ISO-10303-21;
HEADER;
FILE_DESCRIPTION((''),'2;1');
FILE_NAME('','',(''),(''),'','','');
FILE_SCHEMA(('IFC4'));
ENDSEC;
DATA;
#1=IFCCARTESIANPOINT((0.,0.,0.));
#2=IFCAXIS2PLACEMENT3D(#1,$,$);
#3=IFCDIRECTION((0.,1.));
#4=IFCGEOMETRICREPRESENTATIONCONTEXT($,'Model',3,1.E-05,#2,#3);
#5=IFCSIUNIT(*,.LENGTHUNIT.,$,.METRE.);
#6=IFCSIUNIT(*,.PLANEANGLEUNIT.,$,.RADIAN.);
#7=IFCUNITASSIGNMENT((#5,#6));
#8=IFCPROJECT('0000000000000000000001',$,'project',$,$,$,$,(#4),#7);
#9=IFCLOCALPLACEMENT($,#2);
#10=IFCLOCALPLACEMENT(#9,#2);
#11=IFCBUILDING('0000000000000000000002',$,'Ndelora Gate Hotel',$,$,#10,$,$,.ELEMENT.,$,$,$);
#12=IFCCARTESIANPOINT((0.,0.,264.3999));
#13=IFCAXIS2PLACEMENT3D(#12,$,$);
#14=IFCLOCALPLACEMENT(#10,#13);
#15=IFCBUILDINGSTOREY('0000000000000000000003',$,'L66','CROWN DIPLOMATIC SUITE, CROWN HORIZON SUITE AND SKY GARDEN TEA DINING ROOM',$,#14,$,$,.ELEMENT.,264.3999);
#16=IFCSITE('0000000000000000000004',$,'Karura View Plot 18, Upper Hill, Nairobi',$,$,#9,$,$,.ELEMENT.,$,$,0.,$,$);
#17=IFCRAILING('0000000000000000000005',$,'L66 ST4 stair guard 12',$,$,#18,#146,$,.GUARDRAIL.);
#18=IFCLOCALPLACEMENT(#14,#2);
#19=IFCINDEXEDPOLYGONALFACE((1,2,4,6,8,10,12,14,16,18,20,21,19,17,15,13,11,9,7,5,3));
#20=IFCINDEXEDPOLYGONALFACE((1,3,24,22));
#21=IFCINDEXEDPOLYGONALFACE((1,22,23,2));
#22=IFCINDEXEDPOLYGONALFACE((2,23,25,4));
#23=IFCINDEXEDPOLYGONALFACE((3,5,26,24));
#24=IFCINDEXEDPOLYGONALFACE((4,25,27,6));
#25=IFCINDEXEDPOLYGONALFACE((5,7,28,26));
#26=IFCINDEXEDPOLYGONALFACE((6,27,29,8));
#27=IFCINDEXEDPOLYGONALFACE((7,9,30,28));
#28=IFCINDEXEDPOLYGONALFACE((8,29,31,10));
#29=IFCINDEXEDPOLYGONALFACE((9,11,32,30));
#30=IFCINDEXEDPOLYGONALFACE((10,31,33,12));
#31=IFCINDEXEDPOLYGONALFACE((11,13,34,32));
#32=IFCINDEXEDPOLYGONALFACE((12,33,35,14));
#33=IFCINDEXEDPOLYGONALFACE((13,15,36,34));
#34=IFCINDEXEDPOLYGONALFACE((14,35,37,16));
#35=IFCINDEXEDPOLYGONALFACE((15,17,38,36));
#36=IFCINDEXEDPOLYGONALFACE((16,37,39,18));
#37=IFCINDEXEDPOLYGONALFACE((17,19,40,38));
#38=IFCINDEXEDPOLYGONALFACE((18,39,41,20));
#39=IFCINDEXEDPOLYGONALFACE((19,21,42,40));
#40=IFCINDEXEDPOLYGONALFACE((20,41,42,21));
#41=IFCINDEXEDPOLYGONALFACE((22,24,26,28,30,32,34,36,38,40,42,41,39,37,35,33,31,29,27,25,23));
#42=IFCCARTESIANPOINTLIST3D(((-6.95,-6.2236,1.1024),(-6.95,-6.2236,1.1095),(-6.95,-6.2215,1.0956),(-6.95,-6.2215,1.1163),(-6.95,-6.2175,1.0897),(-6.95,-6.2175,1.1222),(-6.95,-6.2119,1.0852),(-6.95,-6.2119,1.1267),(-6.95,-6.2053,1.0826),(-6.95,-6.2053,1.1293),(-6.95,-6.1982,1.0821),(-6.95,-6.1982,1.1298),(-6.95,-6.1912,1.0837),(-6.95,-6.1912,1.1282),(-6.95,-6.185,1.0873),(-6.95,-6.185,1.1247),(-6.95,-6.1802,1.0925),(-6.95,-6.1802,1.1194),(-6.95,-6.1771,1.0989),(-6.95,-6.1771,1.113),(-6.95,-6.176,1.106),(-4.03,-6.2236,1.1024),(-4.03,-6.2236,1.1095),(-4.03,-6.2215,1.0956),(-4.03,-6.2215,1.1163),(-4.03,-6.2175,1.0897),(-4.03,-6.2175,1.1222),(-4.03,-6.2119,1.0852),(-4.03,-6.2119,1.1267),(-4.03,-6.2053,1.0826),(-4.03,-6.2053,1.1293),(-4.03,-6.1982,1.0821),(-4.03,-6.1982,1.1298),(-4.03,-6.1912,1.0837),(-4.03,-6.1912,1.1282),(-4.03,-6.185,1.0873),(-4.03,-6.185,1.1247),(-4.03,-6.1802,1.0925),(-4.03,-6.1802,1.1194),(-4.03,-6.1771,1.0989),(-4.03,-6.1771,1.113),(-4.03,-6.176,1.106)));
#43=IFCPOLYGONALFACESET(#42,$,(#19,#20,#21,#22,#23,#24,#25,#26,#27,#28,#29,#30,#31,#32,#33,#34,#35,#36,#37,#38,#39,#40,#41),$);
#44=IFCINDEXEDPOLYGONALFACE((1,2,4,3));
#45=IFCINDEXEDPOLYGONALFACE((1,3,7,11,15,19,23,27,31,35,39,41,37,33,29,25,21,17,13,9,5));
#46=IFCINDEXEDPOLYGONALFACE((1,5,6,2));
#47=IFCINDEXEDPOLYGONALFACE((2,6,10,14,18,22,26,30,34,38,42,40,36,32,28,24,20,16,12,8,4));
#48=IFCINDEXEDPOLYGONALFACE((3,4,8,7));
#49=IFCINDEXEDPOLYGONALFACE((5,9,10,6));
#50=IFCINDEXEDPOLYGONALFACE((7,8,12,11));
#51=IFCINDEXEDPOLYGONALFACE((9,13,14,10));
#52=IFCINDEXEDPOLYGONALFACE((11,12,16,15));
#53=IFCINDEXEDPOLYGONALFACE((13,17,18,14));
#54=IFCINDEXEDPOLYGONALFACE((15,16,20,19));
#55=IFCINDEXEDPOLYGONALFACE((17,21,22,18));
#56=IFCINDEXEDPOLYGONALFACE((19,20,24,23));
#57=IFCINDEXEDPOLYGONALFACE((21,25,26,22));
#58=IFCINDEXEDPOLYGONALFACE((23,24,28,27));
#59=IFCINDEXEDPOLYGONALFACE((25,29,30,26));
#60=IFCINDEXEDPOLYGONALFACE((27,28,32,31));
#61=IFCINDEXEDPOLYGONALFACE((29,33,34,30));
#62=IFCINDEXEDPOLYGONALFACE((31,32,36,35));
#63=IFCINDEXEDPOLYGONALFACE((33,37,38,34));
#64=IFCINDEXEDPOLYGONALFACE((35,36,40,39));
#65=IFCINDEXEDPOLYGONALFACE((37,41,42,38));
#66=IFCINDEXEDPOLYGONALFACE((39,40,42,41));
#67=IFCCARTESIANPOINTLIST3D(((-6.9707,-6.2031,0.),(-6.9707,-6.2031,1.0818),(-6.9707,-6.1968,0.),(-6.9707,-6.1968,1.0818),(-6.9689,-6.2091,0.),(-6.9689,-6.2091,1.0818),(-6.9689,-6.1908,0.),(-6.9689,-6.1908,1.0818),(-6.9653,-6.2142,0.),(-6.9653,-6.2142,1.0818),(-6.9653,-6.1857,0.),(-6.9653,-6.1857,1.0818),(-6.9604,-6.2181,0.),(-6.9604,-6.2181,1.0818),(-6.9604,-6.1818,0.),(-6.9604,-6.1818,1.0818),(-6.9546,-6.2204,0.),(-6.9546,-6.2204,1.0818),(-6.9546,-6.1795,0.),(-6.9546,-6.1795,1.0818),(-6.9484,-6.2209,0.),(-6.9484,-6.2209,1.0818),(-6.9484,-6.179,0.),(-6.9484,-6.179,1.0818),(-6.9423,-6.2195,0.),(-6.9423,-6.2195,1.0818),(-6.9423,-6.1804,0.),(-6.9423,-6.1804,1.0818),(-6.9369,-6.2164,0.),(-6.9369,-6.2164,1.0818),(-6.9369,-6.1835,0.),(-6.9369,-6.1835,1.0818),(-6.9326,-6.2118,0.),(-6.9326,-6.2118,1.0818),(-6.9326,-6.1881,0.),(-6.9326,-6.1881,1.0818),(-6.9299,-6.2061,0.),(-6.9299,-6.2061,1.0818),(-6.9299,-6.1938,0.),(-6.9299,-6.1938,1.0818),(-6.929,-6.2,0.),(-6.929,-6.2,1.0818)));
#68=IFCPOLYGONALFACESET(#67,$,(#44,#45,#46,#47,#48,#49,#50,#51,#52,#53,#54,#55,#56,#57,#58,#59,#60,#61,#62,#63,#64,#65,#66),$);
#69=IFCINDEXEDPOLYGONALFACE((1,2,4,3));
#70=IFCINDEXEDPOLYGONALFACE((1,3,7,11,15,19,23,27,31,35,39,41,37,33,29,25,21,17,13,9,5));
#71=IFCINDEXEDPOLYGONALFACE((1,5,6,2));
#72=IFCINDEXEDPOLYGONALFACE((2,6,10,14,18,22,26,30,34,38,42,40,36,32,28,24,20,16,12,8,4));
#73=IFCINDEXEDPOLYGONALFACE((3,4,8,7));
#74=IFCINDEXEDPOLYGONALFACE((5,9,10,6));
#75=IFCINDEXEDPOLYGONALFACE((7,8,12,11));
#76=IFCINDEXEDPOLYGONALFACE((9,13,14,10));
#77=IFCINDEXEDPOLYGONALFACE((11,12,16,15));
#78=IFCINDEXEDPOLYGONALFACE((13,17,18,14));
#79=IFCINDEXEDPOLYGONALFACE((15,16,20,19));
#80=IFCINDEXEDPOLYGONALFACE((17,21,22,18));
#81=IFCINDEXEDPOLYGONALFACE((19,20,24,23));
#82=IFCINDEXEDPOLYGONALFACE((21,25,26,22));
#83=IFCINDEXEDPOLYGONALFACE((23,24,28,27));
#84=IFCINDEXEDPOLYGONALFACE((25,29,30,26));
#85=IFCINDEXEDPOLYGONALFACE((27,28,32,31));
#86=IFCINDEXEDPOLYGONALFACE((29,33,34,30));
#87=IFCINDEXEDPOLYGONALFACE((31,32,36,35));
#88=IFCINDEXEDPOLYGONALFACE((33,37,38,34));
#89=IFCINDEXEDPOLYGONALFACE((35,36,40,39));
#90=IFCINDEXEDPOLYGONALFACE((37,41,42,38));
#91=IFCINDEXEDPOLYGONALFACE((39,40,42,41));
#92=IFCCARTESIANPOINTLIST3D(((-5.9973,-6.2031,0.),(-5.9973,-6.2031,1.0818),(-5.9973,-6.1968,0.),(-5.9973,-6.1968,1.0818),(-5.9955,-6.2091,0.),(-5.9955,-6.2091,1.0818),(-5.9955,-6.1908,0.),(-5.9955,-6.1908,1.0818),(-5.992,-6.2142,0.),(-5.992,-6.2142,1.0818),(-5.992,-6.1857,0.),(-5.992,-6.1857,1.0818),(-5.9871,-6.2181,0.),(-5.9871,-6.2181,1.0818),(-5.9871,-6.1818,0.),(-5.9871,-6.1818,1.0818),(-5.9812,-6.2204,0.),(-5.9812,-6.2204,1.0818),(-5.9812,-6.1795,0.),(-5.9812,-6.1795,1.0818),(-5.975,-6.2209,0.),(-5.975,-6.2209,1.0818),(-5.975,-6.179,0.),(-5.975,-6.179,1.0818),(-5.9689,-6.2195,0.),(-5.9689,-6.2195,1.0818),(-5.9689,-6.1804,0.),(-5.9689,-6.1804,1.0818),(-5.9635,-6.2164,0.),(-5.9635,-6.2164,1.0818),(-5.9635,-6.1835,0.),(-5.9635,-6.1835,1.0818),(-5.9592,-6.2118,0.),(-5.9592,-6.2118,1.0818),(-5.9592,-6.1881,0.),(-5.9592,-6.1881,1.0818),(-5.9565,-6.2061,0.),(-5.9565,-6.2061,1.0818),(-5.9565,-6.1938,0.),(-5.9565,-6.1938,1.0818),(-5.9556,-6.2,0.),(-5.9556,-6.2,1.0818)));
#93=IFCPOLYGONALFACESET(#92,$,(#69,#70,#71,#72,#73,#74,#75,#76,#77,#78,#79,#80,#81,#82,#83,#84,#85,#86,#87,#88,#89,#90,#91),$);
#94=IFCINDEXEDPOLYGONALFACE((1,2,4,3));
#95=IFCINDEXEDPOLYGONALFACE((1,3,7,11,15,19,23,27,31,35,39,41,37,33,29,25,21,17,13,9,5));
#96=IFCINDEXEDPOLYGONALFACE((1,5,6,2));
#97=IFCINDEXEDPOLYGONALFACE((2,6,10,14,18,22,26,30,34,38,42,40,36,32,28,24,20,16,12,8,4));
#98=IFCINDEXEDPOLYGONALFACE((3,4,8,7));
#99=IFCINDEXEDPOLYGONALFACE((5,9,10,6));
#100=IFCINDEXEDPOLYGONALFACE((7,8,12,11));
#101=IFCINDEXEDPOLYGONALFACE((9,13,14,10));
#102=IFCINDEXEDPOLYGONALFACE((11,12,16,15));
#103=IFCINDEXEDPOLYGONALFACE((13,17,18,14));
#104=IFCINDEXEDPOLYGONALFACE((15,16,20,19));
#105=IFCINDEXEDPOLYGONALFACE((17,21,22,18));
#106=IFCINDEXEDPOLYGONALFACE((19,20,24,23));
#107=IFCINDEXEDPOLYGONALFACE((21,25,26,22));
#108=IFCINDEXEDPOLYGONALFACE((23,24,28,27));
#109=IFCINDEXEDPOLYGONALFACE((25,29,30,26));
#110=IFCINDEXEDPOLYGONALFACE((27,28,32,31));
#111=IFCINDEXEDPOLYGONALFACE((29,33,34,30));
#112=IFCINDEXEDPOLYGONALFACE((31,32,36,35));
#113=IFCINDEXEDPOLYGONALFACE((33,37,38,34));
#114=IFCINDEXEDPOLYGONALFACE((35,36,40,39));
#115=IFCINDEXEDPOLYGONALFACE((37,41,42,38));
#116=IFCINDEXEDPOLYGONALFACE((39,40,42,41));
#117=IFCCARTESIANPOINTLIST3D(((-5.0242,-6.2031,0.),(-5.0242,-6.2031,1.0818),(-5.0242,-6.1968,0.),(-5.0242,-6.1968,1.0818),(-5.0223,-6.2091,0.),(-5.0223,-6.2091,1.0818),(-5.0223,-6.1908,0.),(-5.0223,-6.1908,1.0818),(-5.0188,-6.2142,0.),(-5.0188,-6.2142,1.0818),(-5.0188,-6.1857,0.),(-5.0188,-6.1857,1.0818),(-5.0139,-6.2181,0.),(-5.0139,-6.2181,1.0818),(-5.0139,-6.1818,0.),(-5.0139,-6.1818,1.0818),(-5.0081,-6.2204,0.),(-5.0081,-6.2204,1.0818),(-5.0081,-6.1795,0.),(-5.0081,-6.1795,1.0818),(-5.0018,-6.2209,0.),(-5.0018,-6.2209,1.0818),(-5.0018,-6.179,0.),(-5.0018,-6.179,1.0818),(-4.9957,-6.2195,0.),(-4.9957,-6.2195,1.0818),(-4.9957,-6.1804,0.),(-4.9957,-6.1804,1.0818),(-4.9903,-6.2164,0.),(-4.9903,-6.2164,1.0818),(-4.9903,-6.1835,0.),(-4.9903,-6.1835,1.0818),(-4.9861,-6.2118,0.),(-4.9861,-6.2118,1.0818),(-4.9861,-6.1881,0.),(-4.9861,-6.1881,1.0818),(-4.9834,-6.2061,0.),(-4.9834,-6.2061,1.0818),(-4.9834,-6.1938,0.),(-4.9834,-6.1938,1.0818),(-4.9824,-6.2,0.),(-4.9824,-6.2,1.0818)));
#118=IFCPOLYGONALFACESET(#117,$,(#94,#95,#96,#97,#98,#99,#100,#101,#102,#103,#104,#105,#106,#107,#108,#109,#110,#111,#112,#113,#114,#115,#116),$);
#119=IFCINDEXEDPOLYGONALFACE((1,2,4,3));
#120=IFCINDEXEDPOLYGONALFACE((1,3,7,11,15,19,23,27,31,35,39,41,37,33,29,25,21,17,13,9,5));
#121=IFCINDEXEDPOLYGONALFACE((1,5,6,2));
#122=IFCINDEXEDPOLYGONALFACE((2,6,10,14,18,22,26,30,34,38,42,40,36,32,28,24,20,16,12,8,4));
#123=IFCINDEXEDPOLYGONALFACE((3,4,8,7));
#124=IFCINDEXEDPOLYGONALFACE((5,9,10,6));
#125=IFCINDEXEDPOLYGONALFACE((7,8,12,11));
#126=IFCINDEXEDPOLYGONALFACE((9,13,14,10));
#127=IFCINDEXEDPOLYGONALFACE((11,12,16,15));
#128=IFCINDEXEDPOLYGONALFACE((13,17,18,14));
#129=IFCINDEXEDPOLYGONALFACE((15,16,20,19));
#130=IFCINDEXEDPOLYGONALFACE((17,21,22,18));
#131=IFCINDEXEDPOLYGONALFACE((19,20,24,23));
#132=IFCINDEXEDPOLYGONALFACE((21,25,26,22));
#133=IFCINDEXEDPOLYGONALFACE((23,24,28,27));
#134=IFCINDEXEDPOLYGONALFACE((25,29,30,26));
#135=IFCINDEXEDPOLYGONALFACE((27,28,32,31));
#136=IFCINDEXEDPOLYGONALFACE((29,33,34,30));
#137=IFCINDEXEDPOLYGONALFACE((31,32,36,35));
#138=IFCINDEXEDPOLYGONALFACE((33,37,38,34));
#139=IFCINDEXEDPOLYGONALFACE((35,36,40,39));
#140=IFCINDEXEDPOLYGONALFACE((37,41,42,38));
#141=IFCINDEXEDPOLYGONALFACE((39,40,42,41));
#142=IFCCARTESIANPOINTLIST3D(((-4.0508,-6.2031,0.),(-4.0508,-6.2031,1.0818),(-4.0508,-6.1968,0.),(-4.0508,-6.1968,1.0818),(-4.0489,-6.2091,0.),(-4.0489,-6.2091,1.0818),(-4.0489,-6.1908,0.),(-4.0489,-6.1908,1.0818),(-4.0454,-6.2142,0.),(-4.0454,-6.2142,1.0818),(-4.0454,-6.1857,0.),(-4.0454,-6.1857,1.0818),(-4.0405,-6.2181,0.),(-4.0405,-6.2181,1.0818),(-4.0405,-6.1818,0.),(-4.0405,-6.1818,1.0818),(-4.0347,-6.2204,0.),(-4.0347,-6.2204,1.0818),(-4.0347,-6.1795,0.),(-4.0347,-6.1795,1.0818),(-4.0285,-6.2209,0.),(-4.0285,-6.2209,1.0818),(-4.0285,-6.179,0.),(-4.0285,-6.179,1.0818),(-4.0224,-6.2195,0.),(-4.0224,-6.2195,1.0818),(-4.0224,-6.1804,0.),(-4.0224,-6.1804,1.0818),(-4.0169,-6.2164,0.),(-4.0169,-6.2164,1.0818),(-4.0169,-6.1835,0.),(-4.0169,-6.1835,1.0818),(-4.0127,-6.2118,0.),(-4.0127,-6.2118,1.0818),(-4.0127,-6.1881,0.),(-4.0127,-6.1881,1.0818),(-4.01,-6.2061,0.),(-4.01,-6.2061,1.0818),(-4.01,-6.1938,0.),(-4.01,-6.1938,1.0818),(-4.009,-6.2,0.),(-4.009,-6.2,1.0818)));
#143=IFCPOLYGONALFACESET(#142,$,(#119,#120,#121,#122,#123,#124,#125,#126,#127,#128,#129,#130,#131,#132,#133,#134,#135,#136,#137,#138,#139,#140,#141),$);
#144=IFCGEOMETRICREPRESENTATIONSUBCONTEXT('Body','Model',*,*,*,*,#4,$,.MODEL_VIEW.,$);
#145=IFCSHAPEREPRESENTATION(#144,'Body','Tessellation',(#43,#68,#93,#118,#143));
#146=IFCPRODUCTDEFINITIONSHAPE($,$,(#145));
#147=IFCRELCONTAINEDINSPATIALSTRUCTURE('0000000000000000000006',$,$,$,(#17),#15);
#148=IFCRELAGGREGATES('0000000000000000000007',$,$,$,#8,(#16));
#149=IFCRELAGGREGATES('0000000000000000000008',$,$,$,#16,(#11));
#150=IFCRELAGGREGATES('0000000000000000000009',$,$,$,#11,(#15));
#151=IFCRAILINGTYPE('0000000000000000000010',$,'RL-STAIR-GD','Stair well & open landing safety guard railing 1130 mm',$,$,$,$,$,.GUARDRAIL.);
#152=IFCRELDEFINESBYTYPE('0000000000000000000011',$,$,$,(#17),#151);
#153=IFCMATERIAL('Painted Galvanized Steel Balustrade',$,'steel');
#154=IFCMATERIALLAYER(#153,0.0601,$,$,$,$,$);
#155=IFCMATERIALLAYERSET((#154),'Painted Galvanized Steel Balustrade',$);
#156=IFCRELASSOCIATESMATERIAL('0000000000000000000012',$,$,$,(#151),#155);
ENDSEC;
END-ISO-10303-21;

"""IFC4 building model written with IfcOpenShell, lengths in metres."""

from ifc_helpers import new_model, si_unit, direction, frame, origin, origin_2d, place, context, subcontext, project, spatial, circle, extrude, material, layer, layer_set, type_object, element, save


model = new_model("IFC4")

# Units and contexts
model_context = context("Model", 3, precision=1e-05, world=origin(), true_north=direction((0.0, 1.0)))
body_context = subcontext(model_context, "Body", "Model", "MODEL_VIEW")
ifc_project = project(units=[si_unit("LENGTHUNIT", "METRE"), si_unit("PLANEANGLEUNIT", "RADIAN")], contexts=[model_context])

# Site, building, storey
site_placement = place(None, origin())
site = spatial("IfcSite", under=ifc_project, at=site_placement, Name="Karura View Plot 18, Upper Hill, Nairobi", CompositionType="ELEMENT", RefElevation=0.0)
building_placement = place(site_placement, origin())
building = spatial("IfcBuilding", under=site, at=building_placement, Name="Ndelora Gate Hotel", CompositionType="ELEMENT")
storey_placement = place(building_placement, frame((0.0, 0.0, 264.3999)))
storey = spatial("IfcBuildingStorey", under=building, at=storey_placement, Name="L66", Description="CROWN DIPLOMATIC SUITE, CROWN HORIZON SUITE AND SKY GARDEN TEA DINING ROOM", CompositionType="ELEMENT", Elevation=264.3999)

# Railing
ifc_material_1 = material(Name="Painted Galvanized Steel Balustrade", Category="steel")
ifc_layer_1 = layer(ifc_material_1, 0.0601)
ifc_layer_set_1 = layer_set([ifc_layer_1], Name="Painted Galvanized Steel Balustrade")
railing_type_1 = type_object("IfcRailingType", Name="RL-STAIR-GD", Description="Stair well & open landing safety guard railing 1130 mm", PredefinedType="GUARDRAIL", material=ifc_layer_set_1)
railing_1_placement = place(storey_placement, frame((-6.95, -6.2, 0.0)))
element("IfcRailing", 1, at=railing_1_placement, inside=storey, type_object=railing_type_1, Name="L66 ST4 stair guard 12", PredefinedType="GUARDRAIL", context=body_context, shape_type="SweptSolid", body=[
    extrude(circle(Radius=0.0239, at=origin_2d()), frame((0.0, 0.0, 1.106), z_axis=(1.0, 0.0, 0.0), x_axis=(0.0, 1.0, 0.0)), (0.0, 0.0, 1.0), 2.9199),
    extrude(circle(Radius=0.021, at=origin_2d()), origin(), (0.0, 0.0, 1.0), 1.0818),
    extrude(circle(Radius=0.021, at=origin_2d()), frame((0.9734, 0.0, 0.0)), (0.0, 0.0, 1.0), 1.0818),
    extrude(circle(Radius=0.021, at=origin_2d()), frame((1.9465, 0.0, 0.0)), (0.0, 0.0, 1.0), 1.0818),
    extrude(circle(Radius=0.021, at=origin_2d()), frame((2.9199, 0.0, 0.0)), (0.0, 0.0, 1.0), 1.0818),
])

save(model, "model.ifc")
